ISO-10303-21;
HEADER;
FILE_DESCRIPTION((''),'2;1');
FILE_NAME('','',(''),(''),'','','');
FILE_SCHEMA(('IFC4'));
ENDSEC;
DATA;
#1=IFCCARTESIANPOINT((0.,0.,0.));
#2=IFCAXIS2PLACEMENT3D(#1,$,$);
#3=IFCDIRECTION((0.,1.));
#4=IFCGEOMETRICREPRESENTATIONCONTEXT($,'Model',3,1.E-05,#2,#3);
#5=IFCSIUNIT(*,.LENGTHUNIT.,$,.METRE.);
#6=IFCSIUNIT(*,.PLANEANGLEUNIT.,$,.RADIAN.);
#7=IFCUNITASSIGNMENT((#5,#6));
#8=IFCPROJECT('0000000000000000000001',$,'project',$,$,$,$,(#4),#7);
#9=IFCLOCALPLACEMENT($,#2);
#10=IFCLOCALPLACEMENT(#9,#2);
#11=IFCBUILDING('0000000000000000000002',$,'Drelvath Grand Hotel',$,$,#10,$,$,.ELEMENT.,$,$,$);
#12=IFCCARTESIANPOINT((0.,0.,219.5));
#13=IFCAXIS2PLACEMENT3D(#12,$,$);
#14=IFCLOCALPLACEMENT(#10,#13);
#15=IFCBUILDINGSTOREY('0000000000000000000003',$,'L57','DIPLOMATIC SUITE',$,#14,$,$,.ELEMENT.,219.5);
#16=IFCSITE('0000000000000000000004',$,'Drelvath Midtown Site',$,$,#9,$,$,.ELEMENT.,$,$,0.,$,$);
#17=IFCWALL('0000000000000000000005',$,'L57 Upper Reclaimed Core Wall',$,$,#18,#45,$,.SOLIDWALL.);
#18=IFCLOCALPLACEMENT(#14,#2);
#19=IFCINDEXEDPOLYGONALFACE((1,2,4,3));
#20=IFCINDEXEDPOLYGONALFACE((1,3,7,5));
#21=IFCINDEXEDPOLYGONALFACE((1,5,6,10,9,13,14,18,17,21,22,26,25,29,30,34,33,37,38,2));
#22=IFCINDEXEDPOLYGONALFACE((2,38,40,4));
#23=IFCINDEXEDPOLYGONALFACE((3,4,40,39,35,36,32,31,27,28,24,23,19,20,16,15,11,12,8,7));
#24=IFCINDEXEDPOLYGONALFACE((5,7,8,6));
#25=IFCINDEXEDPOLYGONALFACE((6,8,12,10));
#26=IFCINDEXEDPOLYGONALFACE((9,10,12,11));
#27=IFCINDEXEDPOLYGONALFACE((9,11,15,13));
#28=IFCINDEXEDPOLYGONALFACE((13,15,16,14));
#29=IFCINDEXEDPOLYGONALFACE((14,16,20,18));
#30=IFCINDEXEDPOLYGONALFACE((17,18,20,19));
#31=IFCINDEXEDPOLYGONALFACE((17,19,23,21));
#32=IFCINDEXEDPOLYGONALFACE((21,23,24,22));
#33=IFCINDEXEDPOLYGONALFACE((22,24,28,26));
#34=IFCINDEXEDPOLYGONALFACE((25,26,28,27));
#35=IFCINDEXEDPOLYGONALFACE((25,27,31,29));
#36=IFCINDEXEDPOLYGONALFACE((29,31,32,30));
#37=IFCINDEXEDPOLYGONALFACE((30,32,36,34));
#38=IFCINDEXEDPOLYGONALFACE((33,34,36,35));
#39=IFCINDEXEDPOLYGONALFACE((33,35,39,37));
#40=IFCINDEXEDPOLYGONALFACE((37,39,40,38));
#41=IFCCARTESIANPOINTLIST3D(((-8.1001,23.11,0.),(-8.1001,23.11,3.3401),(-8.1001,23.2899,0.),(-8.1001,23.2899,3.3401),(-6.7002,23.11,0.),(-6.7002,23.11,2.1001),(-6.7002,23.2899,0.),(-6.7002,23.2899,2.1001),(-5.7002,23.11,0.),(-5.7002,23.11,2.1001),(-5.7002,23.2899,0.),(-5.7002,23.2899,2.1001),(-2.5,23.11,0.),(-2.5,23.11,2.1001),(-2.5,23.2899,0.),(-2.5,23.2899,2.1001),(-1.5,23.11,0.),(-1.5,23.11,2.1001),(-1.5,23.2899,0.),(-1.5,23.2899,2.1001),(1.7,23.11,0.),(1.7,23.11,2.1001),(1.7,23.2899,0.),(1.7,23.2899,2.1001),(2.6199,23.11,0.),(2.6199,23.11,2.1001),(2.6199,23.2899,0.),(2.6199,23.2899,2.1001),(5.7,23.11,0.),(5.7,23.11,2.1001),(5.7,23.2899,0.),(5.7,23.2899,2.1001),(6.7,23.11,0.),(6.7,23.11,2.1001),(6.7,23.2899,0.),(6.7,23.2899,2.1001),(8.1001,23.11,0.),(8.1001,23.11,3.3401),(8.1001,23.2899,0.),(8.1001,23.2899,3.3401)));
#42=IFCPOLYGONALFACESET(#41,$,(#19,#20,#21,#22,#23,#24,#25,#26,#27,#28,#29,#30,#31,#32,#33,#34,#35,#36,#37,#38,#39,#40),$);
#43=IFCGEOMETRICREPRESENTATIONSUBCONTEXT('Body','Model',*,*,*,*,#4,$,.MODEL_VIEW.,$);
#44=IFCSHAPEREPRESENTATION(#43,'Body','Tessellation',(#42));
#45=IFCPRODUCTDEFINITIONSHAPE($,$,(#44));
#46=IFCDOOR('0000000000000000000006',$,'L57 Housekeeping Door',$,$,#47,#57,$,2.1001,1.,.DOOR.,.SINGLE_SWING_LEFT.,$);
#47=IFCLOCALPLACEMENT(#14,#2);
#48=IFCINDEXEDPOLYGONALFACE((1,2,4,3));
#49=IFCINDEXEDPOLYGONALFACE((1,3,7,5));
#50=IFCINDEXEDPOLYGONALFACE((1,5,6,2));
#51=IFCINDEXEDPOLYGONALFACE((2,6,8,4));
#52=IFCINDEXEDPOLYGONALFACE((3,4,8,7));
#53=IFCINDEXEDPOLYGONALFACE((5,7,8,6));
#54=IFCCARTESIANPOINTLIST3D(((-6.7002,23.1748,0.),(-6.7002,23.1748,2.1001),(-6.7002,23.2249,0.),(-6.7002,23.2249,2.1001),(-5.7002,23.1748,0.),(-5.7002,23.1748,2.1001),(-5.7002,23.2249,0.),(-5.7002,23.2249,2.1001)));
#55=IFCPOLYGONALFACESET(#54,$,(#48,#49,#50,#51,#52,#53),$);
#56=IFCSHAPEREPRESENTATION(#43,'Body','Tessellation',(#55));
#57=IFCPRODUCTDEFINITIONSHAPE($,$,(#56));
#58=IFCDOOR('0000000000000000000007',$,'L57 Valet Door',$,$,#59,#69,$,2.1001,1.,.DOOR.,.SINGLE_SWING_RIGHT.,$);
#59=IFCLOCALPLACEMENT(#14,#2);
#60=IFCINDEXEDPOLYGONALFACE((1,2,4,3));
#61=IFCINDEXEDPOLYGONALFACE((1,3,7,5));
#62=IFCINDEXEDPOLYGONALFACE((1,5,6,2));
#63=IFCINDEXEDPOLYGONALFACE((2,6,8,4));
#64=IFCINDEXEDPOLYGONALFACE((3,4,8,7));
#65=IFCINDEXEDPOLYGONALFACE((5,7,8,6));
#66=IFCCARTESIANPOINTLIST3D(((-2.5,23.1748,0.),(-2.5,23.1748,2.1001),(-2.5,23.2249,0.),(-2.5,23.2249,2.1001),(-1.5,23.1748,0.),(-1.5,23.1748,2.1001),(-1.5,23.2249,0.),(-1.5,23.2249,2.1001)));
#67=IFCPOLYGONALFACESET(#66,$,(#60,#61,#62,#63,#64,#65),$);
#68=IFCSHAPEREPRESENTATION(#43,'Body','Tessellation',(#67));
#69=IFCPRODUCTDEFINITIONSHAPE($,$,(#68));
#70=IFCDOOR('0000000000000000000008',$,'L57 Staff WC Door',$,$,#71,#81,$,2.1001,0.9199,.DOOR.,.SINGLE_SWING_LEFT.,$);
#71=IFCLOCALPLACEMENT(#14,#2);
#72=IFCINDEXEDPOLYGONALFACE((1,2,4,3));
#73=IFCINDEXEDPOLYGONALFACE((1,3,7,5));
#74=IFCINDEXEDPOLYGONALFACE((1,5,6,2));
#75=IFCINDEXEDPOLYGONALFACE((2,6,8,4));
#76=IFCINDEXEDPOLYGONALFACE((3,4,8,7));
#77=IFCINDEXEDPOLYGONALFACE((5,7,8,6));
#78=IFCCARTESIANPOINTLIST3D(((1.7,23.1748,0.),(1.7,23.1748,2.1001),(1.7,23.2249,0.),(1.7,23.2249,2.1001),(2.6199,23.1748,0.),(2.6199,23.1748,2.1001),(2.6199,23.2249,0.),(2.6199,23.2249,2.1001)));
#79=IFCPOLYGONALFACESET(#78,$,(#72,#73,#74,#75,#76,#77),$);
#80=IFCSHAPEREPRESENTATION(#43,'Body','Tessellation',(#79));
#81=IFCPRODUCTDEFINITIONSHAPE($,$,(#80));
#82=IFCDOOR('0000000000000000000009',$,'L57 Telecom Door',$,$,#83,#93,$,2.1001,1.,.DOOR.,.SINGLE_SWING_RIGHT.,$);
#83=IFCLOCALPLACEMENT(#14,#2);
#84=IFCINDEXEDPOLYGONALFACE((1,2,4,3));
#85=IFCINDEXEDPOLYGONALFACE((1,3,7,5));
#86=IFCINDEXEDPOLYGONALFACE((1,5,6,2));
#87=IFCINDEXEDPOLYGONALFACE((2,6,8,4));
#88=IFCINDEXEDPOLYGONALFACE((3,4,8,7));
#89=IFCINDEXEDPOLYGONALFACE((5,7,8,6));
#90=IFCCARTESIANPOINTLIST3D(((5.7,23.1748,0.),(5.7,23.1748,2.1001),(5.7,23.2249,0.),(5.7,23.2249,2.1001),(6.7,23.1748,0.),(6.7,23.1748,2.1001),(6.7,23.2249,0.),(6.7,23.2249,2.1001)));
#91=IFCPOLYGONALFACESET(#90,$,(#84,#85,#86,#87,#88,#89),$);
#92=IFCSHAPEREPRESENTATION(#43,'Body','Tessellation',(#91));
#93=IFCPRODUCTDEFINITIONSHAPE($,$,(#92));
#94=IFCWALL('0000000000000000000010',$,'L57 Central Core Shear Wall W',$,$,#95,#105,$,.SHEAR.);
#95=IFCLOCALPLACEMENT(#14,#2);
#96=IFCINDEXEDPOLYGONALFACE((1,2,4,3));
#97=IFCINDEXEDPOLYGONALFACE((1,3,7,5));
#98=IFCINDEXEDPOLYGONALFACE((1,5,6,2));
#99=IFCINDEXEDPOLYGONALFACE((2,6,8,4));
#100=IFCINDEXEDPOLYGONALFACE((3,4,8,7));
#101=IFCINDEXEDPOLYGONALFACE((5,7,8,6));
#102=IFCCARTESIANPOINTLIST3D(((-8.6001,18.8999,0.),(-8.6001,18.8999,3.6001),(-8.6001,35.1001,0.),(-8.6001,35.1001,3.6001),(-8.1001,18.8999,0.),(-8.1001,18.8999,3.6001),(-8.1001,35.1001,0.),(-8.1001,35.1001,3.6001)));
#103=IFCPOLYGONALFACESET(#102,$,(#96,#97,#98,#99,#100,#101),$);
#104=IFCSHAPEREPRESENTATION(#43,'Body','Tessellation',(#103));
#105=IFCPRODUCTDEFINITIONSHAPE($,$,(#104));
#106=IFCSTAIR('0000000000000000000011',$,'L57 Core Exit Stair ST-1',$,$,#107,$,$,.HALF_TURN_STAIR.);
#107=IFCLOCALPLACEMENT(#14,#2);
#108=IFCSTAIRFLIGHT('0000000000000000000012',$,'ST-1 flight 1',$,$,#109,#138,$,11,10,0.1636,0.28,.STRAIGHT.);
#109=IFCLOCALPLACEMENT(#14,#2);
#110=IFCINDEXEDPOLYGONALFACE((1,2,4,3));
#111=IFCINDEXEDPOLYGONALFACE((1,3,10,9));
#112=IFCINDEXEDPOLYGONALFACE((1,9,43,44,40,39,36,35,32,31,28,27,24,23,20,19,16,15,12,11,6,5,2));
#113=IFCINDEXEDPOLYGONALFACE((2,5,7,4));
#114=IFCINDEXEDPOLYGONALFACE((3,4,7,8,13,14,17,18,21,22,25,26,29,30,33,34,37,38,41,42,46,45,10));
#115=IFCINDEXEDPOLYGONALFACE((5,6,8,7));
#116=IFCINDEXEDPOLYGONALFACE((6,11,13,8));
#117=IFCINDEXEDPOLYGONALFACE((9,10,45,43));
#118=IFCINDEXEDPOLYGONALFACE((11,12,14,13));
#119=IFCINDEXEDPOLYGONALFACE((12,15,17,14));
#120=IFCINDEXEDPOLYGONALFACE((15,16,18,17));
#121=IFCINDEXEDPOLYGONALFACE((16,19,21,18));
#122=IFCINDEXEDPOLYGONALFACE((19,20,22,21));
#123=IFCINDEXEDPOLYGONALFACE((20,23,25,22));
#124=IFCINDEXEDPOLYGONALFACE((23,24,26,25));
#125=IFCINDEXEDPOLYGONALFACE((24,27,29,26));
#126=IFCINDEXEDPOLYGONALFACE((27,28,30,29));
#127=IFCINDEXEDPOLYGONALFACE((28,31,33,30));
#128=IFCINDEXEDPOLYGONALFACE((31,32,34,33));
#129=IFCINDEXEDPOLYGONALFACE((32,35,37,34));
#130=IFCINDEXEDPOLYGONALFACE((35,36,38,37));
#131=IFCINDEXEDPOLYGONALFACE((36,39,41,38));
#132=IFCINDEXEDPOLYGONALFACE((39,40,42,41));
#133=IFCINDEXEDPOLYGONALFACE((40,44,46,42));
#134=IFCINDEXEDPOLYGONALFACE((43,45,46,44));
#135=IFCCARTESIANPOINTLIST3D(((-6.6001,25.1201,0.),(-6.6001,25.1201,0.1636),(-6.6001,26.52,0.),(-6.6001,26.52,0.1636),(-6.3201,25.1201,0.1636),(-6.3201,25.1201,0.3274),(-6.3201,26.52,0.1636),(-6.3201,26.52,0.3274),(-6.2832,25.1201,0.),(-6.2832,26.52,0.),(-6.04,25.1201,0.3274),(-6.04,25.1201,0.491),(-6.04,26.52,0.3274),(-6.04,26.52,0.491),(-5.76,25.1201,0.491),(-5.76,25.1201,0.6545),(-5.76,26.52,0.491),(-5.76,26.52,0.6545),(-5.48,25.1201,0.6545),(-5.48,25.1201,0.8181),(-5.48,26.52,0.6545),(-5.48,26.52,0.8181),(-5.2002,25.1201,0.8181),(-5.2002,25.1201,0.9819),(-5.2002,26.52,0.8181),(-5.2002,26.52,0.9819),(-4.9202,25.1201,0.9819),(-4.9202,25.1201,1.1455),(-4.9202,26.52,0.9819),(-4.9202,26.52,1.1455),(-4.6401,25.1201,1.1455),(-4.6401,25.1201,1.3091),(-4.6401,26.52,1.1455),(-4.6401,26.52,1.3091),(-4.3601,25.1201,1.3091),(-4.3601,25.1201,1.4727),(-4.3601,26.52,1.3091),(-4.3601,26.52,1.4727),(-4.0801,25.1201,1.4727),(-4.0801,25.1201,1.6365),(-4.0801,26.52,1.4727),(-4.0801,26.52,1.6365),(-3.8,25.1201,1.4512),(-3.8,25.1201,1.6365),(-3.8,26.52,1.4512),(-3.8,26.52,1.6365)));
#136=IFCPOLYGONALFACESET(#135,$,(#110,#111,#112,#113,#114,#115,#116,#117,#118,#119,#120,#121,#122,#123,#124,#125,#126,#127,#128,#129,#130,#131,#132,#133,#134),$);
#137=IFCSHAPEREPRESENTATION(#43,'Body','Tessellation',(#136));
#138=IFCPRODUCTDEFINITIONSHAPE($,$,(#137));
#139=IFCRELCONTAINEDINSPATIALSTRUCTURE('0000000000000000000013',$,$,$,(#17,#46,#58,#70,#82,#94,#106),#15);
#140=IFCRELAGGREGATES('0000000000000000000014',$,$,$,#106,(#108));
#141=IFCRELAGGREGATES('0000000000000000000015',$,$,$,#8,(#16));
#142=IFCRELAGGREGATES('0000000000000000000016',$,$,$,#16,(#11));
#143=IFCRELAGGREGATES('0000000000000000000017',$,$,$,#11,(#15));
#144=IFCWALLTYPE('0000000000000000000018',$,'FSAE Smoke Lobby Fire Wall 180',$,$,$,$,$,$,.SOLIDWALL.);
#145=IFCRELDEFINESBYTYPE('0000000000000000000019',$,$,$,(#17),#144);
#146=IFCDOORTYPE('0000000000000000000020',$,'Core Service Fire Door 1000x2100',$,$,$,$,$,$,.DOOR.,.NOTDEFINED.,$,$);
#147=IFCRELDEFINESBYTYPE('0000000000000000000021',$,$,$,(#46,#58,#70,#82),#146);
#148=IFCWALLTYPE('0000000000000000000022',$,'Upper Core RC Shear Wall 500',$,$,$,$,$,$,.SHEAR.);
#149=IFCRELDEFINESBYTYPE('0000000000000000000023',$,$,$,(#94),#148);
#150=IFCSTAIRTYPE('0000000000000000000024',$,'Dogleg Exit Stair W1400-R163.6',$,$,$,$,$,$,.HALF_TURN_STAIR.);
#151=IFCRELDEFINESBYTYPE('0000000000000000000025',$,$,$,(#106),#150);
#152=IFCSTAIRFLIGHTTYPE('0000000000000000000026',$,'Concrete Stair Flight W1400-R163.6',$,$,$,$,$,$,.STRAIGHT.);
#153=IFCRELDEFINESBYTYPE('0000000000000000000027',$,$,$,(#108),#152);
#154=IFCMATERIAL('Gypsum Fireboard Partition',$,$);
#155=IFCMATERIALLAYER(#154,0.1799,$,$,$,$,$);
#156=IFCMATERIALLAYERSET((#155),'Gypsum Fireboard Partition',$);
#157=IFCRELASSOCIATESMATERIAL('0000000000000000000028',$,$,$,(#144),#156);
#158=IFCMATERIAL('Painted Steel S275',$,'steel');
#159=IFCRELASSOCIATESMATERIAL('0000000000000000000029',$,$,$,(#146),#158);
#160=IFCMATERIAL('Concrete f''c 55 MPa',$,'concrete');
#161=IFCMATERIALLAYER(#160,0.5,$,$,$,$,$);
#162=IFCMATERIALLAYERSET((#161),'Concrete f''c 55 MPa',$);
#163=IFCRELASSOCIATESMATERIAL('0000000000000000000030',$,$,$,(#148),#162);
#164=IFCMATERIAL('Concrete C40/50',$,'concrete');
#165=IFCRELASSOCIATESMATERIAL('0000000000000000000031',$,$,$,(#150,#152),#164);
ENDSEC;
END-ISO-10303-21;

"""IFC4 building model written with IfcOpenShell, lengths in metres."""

from ifc_helpers import new_model, si_unit, direction, frame, frame_2d, origin, place, context, subcontext, project, spatial, polyline, rectangle, outline, extrude, material, layer, layer_set, type_object, element, fill, aggregate, save


model = new_model("IFC4")

# Units and contexts
model_context = context("Model", 3, precision=1e-05, world=origin(), true_north=direction((0.0, 1.0)))
body_context = subcontext(model_context, "Body", "Model", "MODEL_VIEW")
ifc_project = project(units=[si_unit("LENGTHUNIT", "METRE"), si_unit("PLANEANGLEUNIT", "RADIAN")], contexts=[model_context])

# Site, building, storey
site_placement = place(None, origin())
site = spatial("IfcSite", under=ifc_project, at=site_placement, Name="Drelvath Midtown Site", CompositionType="ELEMENT", RefElevation=0.0)
building_placement = place(site_placement, origin())
building = spatial("IfcBuilding", under=site, at=building_placement, Name="Drelvath Grand Hotel", CompositionType="ELEMENT")
storey_placement = place(building_placement, frame((0.0, 0.0, 219.5)))
storey = spatial("IfcBuildingStorey", under=building, at=storey_placement, Name="L57", Description="DIPLOMATIC SUITE", CompositionType="ELEMENT", Elevation=219.5)

# Shared definitions
ifc_material_1 = material(Name="Concrete f'c 55 MPa", Category="concrete")

# Shared definitions
ifc_material_2 = material(Name="Concrete C40/50", Category="concrete")
ifc_material_3 = material(Name="Painted Steel S275", Category="steel")
ifc_material_4 = material(Name="Gypsum Fireboard Partition")

# Wall, openings, doors
ifc_layer_1 = layer(ifc_material_4, 0.1799)
ifc_layer_set_1 = layer_set([ifc_layer_1], Name="Gypsum Fireboard Partition")
wall_type_1 = type_object("IfcWallType", Name="FSAE Smoke Lobby Fire Wall 180", PredefinedType="SOLIDWALL", material=ifc_layer_set_1)
wall_1_placement = place(storey_placement, frame((-8.1001, 23.2, 0.0), z_axis=(0.0, 0.0, 1.0), x_axis=(1.0, 0.0, 0.0)))
wall_1 = element("IfcWall", 1, at=wall_1_placement, inside=storey, type_object=wall_type_1, Name="L57 Upper Reclaimed Core Wall", PredefinedType="SOLIDWALL", context=body_context, shape_type="SweptSolid", body=[
    extrude(rectangle(XDim=16.2002, YDim=0.1799, at=frame_2d((8.1001, 0.0))), origin(), (0.0, 0.0, 1.0), 3.3401),
])
opening_1_placement = place(wall_1_placement, frame((1.3999, 0.0, 0.0)))
opening_1 = element("IfcOpeningElement", 2, at=opening_1_placement, cuts=wall_1, PredefinedType="OPENING", context=body_context, shape_type="SweptSolid", body=[
    extrude(rectangle(XDim=1.0, YDim=2.1001, at=frame_2d((0.5, 1.05))), frame((0.0, 0.0999, 0.0), z_axis=(0.0, -1.0, 0.0), x_axis=(1.0, 0.0, 0.0)), (0.0, 0.0, 1.0), 0.2),
])
opening_2_placement = place(wall_1_placement, frame((5.6001, 0.0, 0.0)))
opening_2 = element("IfcOpeningElement", 3, at=opening_2_placement, cuts=wall_1, PredefinedType="OPENING", context=body_context, shape_type="SweptSolid", body=[
    extrude(rectangle(XDim=1.0, YDim=2.1001, at=frame_2d((0.5, 1.05))), frame((0.0, 0.0999, 0.0), z_axis=(0.0, -1.0, 0.0), x_axis=(1.0, 0.0, 0.0)), (0.0, 0.0, 1.0), 0.2),
])
opening_3_placement = place(wall_1_placement, frame((9.8, 0.0, 0.0)))
opening_3 = element("IfcOpeningElement", 4, at=opening_3_placement, cuts=wall_1, PredefinedType="OPENING", context=body_context, shape_type="SweptSolid", body=[
    extrude(rectangle(XDim=0.9199, YDim=2.1001, at=frame_2d((0.46, 1.05))), frame((0.0, 0.0999, 0.0), z_axis=(0.0, -1.0, 0.0), x_axis=(1.0, 0.0, 0.0)), (0.0, 0.0, 1.0), 0.2),
])
opening_4_placement = place(wall_1_placement, frame((13.8, 0.0, 0.0)))
opening_4 = element("IfcOpeningElement", 5, at=opening_4_placement, cuts=wall_1, PredefinedType="OPENING", context=body_context, shape_type="SweptSolid", body=[
    extrude(rectangle(XDim=1.0, YDim=2.1001, at=frame_2d((0.5, 1.05))), frame((0.0, 0.0999, 0.0), z_axis=(0.0, -1.0, 0.0), x_axis=(1.0, 0.0, 0.0)), (0.0, 0.0, 1.0), 0.2),
])
door_type_1 = type_object("IfcDoorType", Name="Core Service Fire Door 1000x2100", OperationType="NOTDEFINED", PredefinedType="DOOR", material=ifc_material_3)
door_1_placement = place(opening_1_placement, origin())
door_1 = element("IfcDoor", 6, at=door_1_placement, inside=storey, type_object=door_type_1, Name="L57 Housekeeping Door", OperationType="SINGLE_SWING_LEFT", OverallHeight=2.1001, OverallWidth=1.0, PredefinedType="DOOR", context=body_context, shape_type="SweptSolid", body=[
    extrude(rectangle(XDim=1.0, YDim=2.1001, at=frame_2d((0.5, 1.05))), frame((0.0, 0.0249, 0.0), z_axis=(0.0, -1.0, 0.0), x_axis=(1.0, 0.0, 0.0)), (0.0, 0.0, 1.0), 0.05),
])
fill(opening_1, door_1)
door_2_placement = place(opening_2_placement, origin())
door_2 = element("IfcDoor", 7, at=door_2_placement, inside=storey, type_object=door_type_1, Name="L57 Valet Door", OperationType="SINGLE_SWING_RIGHT", OverallHeight=2.1001, OverallWidth=1.0, PredefinedType="DOOR", context=body_context, shape_type="SweptSolid", body=[
    extrude(rectangle(XDim=1.0, YDim=2.1001, at=frame_2d((0.5, 1.05))), frame((0.0, 0.0249, 0.0), z_axis=(0.0, -1.0, 0.0), x_axis=(1.0, 0.0, 0.0)), (0.0, 0.0, 1.0), 0.05),
])
fill(opening_2, door_2)
door_3_placement = place(opening_3_placement, origin())
door_3 = element("IfcDoor", 8, at=door_3_placement, inside=storey, type_object=door_type_1, Name="L57 Staff WC Door", OperationType="SINGLE_SWING_LEFT", OverallHeight=2.1001, OverallWidth=0.9199, PredefinedType="DOOR", context=body_context, shape_type="SweptSolid", body=[
    extrude(rectangle(XDim=0.9199, YDim=2.1001, at=frame_2d((0.46, 1.05))), frame((0.0, 0.0249, 0.0), z_axis=(0.0, -1.0, 0.0), x_axis=(1.0, 0.0, 0.0)), (0.0, 0.0, 1.0), 0.05),
])
fill(opening_3, door_3)
door_4_placement = place(opening_4_placement, origin())
door_4 = element("IfcDoor", 9, at=door_4_placement, inside=storey, type_object=door_type_1, Name="L57 Telecom Door", OperationType="SINGLE_SWING_RIGHT", OverallHeight=2.1001, OverallWidth=1.0, PredefinedType="DOOR", context=body_context, shape_type="SweptSolid", body=[
    extrude(rectangle(XDim=1.0, YDim=2.1001, at=frame_2d((0.5, 1.05))), frame((0.0, 0.0249, 0.0), z_axis=(0.0, -1.0, 0.0), x_axis=(1.0, 0.0, 0.0)), (0.0, 0.0, 1.0), 0.05),
])
fill(opening_4, door_4)

# Wall
ifc_layer_2 = layer(ifc_material_1, 0.5)
ifc_layer_set_2 = layer_set([ifc_layer_2], Name="Concrete f'c 55 MPa")
wall_type_2 = type_object("IfcWallType", Name="Upper Core RC Shear Wall 500", PredefinedType="SHEAR", material=ifc_layer_set_2)
wall_2_placement = place(storey_placement, frame((-8.3501, 18.8999, 0.0), z_axis=(0.0, 0.0, 1.0), x_axis=(0.0, 1.0, 0.0)))
element("IfcWall", 10, at=wall_2_placement, inside=storey, type_object=wall_type_2, Name="L57 Central Core Shear Wall W", PredefinedType="SHEAR", context=body_context, shape_type="SweptSolid", body=[
    extrude(rectangle(XDim=16.2002, YDim=0.5, at=frame_2d((8.1001, 0.0))), origin(), (0.0, 0.0, 1.0), 3.6001),
])

# Stair, stair flight
stair_type = type_object("IfcStairType", Name="Dogleg Exit Stair W1400-R163.6", PredefinedType="HALF_TURN_STAIR", material=ifc_material_2)
stair_placement = place(storey_placement, origin())
stair = element("IfcStair", 11, at=stair_placement, inside=storey, type_object=stair_type, Name="L57 Core Exit Stair ST-1", PredefinedType="HALF_TURN_STAIR")
stair_flight_type = type_object("IfcStairFlightType", Name="Concrete Stair Flight W1400-R163.6", PredefinedType="STRAIGHT", material=ifc_material_2)
stair_flight_placement = place(storey_placement, frame((-6.6001, 25.8201, 0.0), z_axis=(0.0, 0.0, 1.0), x_axis=(1.0, 0.0, 0.0)))
stair_flight = element("IfcStairFlight", 12, at=stair_flight_placement, type_object=stair_flight_type, Name="ST-1 flight 1", NumberOfRisers=11, NumberOfTreads=10, PredefinedType="STRAIGHT", RiserHeight=0.1636, TreadLength=0.28, context=body_context, shape_type="SweptSolid", body=[
    extrude(outline(polyline([(0.0, 0.0), (0.0, 0.1636), (0.28, 0.1636), (0.28, 0.3274), (0.5601, 0.3274), (0.5601, 0.491), (0.8401, 0.491), (0.8401, 0.6545), (1.1201, 0.6545), (1.1201, 0.8181), (1.3999, 0.8181), (1.3999, 0.9819), (1.6799, 0.9819), (1.6799, 1.1455), (1.96, 1.1455), (1.96, 1.3091), (2.24, 1.3091), (2.24, 1.4727), (2.52, 1.4727), (2.52, 1.6365), (2.8, 1.6365), (2.8, 1.8), (2.8, 1.4512), (0.3169, 0.0), (0.0, 0.0)])), frame((0.0, 0.7, 0.0), z_axis=(0.0, -1.0, 0.0), x_axis=(1.0, 0.0, 0.0)), (0.0, 0.0, 1.0), 1.3999),
])
aggregate(stair, [stair_flight])

save(model, "model.ifc")
